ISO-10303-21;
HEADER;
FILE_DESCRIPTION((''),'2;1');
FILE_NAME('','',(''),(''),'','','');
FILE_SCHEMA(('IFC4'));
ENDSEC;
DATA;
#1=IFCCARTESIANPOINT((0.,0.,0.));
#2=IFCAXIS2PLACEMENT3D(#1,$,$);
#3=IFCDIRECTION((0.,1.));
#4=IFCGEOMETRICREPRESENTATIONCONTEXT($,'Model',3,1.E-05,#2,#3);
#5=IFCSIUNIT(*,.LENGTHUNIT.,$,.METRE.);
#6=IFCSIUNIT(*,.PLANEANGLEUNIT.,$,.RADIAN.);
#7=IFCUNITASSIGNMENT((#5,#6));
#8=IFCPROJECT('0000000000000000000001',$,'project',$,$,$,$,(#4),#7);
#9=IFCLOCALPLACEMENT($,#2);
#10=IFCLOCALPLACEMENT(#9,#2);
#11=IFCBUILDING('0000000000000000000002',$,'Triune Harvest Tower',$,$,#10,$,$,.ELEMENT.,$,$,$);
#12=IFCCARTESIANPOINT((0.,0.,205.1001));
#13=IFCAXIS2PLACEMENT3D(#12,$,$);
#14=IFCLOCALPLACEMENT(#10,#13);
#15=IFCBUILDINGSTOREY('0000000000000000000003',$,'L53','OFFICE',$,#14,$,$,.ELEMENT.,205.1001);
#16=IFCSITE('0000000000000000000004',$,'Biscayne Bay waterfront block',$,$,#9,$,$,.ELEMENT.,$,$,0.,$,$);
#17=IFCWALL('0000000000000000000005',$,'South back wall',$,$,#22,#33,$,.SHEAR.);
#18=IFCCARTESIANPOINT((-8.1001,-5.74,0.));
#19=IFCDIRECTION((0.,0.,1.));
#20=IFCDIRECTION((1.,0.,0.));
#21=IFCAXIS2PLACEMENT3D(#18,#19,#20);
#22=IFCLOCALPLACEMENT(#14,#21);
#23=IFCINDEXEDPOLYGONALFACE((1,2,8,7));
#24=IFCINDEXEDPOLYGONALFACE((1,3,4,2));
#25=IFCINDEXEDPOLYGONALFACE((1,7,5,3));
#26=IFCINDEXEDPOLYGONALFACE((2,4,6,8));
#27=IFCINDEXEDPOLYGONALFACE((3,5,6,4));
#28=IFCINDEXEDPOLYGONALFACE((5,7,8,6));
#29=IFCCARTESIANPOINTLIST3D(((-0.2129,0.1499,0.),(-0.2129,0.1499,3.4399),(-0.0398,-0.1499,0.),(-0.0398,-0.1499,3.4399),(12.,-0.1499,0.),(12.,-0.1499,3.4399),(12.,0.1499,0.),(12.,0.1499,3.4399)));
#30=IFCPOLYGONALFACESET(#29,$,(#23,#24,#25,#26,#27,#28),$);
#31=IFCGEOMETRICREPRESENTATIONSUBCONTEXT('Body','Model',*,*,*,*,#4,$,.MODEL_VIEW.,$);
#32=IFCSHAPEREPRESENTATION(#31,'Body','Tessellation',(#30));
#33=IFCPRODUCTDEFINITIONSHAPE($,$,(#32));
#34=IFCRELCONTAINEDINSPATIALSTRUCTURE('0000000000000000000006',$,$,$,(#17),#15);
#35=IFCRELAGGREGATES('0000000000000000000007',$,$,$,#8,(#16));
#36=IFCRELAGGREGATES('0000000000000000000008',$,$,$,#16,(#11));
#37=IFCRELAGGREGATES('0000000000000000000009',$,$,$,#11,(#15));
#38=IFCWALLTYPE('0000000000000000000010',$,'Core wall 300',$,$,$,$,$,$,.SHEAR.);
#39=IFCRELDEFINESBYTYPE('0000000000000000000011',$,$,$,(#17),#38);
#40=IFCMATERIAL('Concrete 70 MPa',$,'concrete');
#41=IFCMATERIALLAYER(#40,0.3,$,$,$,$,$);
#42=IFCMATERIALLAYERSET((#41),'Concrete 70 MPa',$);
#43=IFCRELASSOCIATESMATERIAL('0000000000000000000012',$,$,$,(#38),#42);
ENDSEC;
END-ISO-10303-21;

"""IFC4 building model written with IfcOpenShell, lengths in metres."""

from ifc_helpers import new_model, si_unit, direction, frame, origin, place, context, subcontext, project, spatial, polyline, outline, extrude, source, transform, mapped, material, layer, layer_set, type_object, element, save


model = new_model("IFC4")

# Units and contexts
model_context = context("Model", 3, precision=1e-05, world=origin(), true_north=direction((0.0, 1.0)))
body_context = subcontext(model_context, "Body", "Model", "MODEL_VIEW")
ifc_project = project(units=[si_unit("LENGTHUNIT", "METRE"), si_unit("PLANEANGLEUNIT", "RADIAN")], contexts=[model_context])

# Site, building, storey
site_placement = place(None, origin())
site = spatial("IfcSite", under=ifc_project, at=site_placement, Name="Biscayne Bay waterfront block", CompositionType="ELEMENT", RefElevation=0.0)
building_placement = place(site_placement, origin())
building = spatial("IfcBuilding", under=site, at=building_placement, Name="Triune Harvest Tower", CompositionType="ELEMENT")
storey_placement = place(building_placement, frame((0.0, 0.0, 205.1001)))
storey = spatial("IfcBuildingStorey", under=building, at=storey_placement, Name="L53", Description="OFFICE", CompositionType="ELEMENT", Elevation=205.1001)

# Wall
ifc_material_1 = material(Name="Concrete 70 MPa", Category="concrete")
ifc_layer_1 = layer(ifc_material_1, 0.3)
ifc_layer_set_1 = layer_set([ifc_layer_1], Name="Concrete 70 MPa")
wall_type_1 = type_object("IfcWallType", Name="Core wall 300", PredefinedType="SHEAR", material=ifc_layer_set_1)
shared_shape_1 = source(origin(), body_context, "Body", "SweptSolid", [
    extrude(outline(polyline([(12.0, -0.1499), (-0.0398, -0.1499), (-0.2129, 0.1499), (12.0, 0.1499), (12.0, -0.1499)])), origin(), (0.0, 0.0, 1.0), 3.4399),
])
wall_1_placement = place(storey_placement, frame((-8.1001, -5.74, 0.0), z_axis=(0.0, 0.0, 1.0), x_axis=(1.0, 0.0, 0.0)))
element("IfcWall", 1, at=wall_1_placement, inside=storey, type_object=wall_type_1, Name="South back wall", PredefinedType="SHEAR", context=body_context, shape_type="MappedRepresentation", body=[
    mapped(shared_shape_1, transform((0.0, 0.0, 0.0), scale=1.0)),
])

save(model, "model.ifc")
